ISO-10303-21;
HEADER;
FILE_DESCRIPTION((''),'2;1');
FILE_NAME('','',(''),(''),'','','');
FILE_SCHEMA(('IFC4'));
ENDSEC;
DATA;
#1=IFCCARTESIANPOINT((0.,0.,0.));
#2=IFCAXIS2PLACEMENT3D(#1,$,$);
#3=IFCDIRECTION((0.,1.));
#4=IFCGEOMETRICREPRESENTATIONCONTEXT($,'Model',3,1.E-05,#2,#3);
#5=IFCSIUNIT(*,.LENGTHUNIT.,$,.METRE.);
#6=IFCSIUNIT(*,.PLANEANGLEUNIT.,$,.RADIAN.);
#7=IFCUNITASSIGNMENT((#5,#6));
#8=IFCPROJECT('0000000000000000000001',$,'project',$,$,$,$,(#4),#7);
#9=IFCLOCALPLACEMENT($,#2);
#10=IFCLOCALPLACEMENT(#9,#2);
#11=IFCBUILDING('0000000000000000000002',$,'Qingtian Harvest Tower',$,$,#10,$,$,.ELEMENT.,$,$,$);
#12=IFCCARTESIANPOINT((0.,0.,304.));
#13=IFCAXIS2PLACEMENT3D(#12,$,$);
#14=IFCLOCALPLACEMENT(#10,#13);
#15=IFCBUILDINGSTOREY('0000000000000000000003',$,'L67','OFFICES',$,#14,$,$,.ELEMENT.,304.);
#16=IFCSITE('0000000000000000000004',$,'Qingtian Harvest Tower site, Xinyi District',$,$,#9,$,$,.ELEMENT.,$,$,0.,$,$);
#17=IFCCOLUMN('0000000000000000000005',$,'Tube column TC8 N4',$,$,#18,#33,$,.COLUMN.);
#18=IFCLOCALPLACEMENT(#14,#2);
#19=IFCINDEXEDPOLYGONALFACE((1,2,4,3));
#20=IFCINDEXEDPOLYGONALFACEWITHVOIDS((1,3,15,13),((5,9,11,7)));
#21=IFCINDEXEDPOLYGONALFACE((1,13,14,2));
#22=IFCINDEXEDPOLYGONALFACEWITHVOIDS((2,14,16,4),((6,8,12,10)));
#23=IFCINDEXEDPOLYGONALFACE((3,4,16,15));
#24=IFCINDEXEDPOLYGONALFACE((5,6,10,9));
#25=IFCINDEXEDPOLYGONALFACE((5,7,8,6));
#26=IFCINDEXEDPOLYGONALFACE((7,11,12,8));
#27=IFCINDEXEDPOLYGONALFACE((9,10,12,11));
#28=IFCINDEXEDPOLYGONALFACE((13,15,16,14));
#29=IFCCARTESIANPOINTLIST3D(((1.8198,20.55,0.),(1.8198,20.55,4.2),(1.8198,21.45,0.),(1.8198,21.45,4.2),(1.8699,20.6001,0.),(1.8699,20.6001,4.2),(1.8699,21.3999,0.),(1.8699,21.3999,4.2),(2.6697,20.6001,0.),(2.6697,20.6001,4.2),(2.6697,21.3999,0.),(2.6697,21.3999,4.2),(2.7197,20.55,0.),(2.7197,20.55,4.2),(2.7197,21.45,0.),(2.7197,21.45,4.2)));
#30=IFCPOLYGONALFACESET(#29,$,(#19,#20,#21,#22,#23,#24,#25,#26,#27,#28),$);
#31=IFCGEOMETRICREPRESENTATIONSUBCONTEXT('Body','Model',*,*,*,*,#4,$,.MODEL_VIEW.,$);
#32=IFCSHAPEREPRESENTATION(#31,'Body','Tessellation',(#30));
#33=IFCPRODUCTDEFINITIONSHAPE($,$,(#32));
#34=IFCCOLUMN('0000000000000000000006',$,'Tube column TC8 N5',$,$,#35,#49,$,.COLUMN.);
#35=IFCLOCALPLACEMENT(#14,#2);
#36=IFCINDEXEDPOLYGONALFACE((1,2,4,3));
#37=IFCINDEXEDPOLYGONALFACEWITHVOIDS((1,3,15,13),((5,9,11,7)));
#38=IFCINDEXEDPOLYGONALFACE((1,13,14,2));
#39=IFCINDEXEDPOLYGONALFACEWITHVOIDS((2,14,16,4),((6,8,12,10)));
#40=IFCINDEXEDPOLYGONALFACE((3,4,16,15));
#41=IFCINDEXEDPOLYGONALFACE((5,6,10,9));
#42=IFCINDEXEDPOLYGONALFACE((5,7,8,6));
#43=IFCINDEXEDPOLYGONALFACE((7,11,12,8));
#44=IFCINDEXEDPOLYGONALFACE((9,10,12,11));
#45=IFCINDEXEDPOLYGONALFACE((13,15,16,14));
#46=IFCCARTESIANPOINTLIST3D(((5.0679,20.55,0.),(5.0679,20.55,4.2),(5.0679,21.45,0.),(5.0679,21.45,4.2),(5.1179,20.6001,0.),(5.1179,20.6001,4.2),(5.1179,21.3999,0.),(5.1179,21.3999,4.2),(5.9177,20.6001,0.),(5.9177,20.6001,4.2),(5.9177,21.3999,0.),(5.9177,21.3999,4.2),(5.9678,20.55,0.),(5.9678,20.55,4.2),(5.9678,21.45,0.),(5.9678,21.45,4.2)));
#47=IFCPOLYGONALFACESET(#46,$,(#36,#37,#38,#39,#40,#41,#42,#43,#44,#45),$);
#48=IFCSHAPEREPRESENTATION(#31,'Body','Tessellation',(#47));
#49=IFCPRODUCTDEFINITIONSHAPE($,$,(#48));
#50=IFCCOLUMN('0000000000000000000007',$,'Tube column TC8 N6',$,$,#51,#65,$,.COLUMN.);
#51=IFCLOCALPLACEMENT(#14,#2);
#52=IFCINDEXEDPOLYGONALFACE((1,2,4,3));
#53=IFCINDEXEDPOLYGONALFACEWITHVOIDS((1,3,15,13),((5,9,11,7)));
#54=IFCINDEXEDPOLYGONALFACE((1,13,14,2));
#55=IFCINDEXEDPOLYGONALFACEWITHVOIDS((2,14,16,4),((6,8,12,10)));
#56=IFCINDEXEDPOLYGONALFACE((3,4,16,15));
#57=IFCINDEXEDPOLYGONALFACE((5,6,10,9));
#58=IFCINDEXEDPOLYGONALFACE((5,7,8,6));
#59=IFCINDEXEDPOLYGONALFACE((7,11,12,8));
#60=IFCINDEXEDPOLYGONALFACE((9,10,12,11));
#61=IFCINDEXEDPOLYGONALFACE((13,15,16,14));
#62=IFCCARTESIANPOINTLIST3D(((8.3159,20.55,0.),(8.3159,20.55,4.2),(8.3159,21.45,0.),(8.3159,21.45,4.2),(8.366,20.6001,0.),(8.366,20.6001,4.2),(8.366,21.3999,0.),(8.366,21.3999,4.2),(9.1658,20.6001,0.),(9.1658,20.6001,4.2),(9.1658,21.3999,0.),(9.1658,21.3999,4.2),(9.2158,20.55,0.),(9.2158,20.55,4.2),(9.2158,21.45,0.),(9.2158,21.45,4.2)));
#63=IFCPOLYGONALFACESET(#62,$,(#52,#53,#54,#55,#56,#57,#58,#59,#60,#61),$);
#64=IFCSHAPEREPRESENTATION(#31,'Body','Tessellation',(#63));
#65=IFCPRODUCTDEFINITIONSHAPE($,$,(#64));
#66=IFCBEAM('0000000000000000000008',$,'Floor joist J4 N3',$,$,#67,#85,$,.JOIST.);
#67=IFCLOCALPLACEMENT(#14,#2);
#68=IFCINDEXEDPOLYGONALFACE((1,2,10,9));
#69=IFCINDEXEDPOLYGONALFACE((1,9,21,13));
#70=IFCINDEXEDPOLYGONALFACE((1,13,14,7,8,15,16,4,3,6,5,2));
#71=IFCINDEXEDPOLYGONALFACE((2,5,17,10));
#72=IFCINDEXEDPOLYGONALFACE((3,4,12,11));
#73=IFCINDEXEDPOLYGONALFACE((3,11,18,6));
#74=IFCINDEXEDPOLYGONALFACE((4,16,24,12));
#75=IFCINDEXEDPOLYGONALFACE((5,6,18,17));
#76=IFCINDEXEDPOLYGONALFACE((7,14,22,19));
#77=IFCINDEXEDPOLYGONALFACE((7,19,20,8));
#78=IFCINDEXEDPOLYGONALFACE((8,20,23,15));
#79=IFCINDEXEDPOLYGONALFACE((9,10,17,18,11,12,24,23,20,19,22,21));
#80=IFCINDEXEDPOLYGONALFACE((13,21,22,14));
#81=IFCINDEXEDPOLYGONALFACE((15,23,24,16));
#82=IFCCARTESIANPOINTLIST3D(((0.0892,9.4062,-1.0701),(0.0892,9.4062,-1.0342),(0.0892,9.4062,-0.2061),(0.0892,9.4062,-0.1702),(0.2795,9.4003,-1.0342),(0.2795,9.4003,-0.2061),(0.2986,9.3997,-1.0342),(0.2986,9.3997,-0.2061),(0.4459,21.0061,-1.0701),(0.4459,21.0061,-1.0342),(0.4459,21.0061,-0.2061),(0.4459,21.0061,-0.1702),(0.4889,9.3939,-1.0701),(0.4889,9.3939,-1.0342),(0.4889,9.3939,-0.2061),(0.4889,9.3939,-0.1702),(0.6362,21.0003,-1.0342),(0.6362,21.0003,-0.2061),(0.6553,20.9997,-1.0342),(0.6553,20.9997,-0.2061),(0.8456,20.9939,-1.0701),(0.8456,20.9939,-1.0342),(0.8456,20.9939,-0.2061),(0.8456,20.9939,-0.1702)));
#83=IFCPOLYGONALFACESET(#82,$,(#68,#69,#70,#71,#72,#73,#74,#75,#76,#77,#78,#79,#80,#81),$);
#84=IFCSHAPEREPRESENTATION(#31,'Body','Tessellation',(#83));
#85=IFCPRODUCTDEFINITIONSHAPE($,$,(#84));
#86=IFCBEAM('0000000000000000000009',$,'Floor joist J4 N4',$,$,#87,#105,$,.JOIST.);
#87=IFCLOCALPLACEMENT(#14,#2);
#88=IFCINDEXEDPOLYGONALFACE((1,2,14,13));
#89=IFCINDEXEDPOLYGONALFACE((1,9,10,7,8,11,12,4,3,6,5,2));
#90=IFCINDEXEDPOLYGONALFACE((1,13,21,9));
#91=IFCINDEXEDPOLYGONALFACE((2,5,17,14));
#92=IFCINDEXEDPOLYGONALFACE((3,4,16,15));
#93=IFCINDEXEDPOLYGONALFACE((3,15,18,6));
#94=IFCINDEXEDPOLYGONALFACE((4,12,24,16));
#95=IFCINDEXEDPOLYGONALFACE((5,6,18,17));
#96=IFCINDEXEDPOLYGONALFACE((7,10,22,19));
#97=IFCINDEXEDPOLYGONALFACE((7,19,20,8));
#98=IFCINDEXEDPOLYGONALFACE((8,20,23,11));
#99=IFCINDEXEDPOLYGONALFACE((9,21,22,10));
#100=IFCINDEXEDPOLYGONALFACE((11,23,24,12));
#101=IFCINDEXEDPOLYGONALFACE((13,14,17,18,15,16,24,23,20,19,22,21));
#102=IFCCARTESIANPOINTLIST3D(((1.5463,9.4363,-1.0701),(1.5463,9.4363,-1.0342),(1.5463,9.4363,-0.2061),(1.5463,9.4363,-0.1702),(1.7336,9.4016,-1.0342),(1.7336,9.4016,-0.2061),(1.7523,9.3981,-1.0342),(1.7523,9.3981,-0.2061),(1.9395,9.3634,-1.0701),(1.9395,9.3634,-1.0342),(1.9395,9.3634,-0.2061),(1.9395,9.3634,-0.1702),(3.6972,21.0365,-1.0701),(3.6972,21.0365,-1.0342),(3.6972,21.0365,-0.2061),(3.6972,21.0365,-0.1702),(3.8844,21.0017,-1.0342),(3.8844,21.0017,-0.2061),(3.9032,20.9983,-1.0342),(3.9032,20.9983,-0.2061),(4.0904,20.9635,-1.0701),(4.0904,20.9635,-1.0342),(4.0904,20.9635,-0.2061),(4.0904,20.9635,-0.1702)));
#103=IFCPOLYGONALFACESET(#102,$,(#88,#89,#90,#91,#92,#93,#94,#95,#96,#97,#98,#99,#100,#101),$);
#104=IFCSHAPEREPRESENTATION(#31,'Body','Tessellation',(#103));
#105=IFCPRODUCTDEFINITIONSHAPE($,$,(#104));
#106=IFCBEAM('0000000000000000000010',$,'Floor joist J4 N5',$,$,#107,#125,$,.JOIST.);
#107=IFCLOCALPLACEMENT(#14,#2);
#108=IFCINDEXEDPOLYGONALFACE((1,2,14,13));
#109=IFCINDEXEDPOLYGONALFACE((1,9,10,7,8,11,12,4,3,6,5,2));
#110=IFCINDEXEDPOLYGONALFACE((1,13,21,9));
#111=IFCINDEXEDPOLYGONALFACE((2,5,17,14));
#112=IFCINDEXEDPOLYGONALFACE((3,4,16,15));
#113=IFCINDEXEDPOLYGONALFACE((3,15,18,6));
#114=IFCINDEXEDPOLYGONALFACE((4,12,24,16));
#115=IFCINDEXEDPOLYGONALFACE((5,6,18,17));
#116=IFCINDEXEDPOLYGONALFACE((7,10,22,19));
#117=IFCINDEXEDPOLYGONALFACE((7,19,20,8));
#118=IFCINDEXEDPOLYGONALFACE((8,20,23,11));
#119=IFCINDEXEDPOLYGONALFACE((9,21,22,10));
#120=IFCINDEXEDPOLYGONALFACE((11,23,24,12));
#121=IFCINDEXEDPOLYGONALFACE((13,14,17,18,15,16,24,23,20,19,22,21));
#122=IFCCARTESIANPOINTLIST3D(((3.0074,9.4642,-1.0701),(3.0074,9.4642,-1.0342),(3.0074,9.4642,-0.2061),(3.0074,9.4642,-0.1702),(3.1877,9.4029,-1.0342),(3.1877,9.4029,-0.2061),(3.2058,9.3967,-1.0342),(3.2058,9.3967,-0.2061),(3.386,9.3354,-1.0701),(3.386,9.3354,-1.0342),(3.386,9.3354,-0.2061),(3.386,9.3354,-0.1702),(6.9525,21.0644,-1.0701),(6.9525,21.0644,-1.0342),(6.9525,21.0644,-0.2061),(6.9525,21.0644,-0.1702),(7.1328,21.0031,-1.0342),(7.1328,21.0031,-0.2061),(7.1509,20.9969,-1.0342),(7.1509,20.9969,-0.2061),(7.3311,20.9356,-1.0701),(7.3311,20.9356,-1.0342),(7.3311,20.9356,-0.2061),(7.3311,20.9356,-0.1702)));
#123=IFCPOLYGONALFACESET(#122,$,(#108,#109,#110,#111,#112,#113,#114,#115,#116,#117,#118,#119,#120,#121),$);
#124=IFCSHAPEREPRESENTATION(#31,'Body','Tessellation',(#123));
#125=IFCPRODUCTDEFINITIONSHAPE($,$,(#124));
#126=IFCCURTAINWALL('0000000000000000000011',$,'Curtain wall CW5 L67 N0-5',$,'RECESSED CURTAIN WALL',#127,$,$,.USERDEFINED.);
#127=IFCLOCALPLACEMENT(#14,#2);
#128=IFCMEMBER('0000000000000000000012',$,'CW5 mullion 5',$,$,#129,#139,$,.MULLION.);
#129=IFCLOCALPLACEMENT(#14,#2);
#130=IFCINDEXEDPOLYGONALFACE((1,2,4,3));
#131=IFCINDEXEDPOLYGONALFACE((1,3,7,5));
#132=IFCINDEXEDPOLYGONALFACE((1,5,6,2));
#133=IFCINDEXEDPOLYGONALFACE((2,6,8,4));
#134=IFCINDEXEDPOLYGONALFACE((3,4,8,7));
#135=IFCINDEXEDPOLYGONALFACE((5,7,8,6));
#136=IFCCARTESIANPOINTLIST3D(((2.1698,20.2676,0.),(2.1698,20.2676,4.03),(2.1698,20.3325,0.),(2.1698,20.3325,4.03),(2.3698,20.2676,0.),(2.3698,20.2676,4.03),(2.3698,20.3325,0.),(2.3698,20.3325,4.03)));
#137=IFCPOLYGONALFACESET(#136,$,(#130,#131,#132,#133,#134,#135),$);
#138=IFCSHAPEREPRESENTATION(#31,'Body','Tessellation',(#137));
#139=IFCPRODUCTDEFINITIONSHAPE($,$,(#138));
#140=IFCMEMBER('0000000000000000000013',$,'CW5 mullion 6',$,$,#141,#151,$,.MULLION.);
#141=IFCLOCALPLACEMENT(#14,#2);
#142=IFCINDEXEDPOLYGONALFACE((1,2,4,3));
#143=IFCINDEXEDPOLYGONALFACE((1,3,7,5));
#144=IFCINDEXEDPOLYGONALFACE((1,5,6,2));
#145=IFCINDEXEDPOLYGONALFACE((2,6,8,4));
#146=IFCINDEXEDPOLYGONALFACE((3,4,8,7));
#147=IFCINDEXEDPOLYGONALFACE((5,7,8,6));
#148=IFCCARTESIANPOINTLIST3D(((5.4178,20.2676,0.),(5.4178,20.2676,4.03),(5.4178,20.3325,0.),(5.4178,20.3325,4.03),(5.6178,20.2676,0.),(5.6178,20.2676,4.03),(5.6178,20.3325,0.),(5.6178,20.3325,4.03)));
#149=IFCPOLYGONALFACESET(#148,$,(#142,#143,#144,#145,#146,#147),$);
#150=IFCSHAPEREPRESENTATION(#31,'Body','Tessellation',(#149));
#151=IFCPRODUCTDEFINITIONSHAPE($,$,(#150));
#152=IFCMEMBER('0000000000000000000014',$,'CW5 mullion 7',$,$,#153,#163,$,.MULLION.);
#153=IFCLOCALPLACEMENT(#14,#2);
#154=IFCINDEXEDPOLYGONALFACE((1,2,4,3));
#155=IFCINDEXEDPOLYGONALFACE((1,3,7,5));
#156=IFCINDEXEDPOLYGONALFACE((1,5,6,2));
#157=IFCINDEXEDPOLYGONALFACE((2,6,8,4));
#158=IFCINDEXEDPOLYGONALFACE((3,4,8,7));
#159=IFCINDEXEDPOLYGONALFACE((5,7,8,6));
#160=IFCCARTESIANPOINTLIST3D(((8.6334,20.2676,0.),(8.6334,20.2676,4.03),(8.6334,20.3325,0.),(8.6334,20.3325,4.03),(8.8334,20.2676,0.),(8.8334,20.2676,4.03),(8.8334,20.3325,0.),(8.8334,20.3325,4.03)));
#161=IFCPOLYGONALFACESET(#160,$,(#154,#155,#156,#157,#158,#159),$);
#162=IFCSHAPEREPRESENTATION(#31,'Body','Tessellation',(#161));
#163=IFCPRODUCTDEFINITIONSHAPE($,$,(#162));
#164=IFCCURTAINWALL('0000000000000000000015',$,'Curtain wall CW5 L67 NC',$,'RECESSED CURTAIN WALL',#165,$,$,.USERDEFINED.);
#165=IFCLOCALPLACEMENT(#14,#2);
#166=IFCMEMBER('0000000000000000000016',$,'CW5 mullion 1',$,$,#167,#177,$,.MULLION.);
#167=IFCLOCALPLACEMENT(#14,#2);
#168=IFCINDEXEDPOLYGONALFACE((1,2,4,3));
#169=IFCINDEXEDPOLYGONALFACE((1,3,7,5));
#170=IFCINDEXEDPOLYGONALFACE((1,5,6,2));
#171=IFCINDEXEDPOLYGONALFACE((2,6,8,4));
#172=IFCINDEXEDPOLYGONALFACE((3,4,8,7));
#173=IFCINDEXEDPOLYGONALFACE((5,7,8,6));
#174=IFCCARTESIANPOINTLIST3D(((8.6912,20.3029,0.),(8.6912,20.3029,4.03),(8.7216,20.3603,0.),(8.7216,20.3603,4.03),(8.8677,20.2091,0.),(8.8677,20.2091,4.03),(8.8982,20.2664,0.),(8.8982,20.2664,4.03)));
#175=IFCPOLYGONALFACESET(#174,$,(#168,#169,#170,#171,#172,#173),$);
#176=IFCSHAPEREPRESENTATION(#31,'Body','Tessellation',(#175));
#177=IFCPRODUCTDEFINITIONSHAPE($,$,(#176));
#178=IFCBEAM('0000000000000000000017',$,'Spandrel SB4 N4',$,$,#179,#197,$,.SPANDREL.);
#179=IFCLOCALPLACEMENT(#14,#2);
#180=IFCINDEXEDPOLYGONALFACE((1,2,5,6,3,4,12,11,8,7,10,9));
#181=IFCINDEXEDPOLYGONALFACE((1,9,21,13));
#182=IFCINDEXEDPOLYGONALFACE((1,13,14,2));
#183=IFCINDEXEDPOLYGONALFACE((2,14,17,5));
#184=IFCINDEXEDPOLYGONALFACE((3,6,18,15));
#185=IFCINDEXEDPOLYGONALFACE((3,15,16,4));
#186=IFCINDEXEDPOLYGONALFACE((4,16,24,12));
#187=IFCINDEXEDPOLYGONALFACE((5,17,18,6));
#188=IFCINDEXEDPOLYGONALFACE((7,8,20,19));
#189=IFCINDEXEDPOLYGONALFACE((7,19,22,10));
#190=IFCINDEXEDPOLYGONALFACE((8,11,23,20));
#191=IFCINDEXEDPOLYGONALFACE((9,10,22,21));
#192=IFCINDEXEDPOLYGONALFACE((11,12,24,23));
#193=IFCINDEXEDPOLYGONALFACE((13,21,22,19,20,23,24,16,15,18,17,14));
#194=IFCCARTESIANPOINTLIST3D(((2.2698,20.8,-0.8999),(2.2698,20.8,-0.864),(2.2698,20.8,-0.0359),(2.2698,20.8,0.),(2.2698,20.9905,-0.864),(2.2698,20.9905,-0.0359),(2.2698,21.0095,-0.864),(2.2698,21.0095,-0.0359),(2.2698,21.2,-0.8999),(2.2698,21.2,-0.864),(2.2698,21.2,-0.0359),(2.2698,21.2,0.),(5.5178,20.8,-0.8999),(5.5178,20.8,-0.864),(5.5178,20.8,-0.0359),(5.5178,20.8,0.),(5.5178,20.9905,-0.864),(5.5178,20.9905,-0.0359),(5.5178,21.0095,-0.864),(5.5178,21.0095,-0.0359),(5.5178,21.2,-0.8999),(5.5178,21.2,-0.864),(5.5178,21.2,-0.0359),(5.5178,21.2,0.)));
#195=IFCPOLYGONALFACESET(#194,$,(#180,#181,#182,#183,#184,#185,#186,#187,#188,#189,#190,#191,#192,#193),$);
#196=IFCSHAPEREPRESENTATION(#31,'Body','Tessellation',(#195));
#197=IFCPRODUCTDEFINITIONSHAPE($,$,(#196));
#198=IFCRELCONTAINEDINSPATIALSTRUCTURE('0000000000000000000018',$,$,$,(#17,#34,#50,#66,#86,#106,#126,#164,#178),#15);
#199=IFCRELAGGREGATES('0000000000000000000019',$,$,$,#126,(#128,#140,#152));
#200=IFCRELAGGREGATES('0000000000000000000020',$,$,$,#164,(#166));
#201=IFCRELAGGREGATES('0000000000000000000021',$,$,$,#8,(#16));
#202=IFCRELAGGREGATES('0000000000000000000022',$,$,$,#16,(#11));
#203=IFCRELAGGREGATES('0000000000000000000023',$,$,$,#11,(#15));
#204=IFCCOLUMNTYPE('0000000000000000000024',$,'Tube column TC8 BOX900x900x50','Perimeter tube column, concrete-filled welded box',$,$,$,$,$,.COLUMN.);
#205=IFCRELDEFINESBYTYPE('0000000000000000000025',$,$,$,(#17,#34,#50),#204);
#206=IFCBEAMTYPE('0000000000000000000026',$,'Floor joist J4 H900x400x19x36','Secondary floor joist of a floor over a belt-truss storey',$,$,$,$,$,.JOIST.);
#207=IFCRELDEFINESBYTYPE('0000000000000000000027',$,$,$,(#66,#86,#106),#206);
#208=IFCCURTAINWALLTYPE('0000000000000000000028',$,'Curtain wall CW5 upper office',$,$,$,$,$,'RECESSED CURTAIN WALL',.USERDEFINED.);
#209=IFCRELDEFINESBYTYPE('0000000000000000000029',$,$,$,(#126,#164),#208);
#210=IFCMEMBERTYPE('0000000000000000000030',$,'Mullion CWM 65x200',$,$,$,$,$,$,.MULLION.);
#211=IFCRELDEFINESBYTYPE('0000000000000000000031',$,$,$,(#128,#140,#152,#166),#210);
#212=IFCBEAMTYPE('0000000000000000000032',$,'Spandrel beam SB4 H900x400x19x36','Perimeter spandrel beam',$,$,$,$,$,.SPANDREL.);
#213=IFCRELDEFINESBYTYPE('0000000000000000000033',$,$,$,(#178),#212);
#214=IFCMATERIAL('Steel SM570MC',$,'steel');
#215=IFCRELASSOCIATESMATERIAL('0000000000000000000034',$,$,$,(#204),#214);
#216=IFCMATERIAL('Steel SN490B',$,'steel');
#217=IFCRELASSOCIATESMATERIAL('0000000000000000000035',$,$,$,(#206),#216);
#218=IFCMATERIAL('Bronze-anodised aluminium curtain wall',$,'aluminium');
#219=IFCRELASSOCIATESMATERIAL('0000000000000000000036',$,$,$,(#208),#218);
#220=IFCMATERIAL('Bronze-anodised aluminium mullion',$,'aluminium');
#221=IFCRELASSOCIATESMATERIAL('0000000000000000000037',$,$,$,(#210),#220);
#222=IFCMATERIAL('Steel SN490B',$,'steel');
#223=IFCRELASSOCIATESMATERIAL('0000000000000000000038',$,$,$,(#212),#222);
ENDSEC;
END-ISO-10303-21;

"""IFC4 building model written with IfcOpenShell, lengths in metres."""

from ifc_helpers import new_model, si_unit, direction, frame, origin, origin_2d, place, context, subcontext, project, spatial, rectangle, hollow_rectangle, i_section, extrude, material, material_profile, profile_set, type_object, element, aggregate, save


model = new_model("IFC4")

# Units and contexts
model_context = context("Model", 3, precision=1e-05, world=origin(), true_north=direction((0.0, 1.0)))
body_context = subcontext(model_context, "Body", "Model", "MODEL_VIEW")
ifc_project = project(units=[si_unit("LENGTHUNIT", "METRE"), si_unit("PLANEANGLEUNIT", "RADIAN")], contexts=[model_context])

# Site, building, storey
site_placement = place(None, origin())
site = spatial("IfcSite", under=ifc_project, at=site_placement, Name="Qingtian Harvest Tower site, Xinyi District", CompositionType="ELEMENT", RefElevation=0.0)
building_placement = place(site_placement, origin())
building = spatial("IfcBuilding", under=site, at=building_placement, Name="Qingtian Harvest Tower", CompositionType="ELEMENT")
storey_placement = place(building_placement, frame((0.0, 0.0, 304.0)))
storey = spatial("IfcBuildingStorey", under=building, at=storey_placement, Name="L67", Description="OFFICES", CompositionType="ELEMENT", Elevation=304.0)

# Columns
ifc_material_1 = material(Name="Steel SM570MC", Category="steel")
ifc_material_profile_1 = material_profile(ifc_material_1, hollow_rectangle(XDim=0.8999, YDim=0.8999, WallThickness=0.05, at=origin_2d()), Name="BOX900x900x50")
ifc_profile_set_1 = profile_set([ifc_material_profile_1], Name="Steel SM570MC")
column_type = type_object("IfcColumnType", Name="Tube column TC8 BOX900x900x50", Description="Perimeter tube column, concrete-filled welded box", PredefinedType="COLUMN", material=ifc_profile_set_1)
for number, where, z_axis, x_axis, name in (
    (1, (2.2698, 21.0, 0.0), (0.0, 0.0, 1.0), (-1.0, 0.0, 0.0), "Tube column TC8 N4"),
    (2, (5.5178, 21.0, 0.0), (0.0, 0.0, 1.0), (-1.0, 0.0, 0.0), "Tube column TC8 N5"),
    (3, (8.7659, 21.0, 0.0), (0.0, 0.0, 1.0), (-1.0, 0.0, 0.0), "Tube column TC8 N6"),
):
    element("IfcColumn", number, at=place(storey_placement, frame(where, z_axis=z_axis, x_axis=x_axis)), inside=storey, type_object=column_type, Name=name, PredefinedType="COLUMN", context=body_context, shape_type="SweptSolid", body=[
        extrude(hollow_rectangle(XDim=0.8999, YDim=0.8999, WallThickness=0.05, at=origin_2d()), origin(), (0.0, 0.0, 1.0), 4.2),
    ])

# Beams
ifc_material_2 = material(Name="Steel SN490B", Category="steel")
ifc_material_profile_2 = material_profile(ifc_material_2, i_section(OverallWidth=0.3999, OverallDepth=0.8999, WebThickness=0.019, FlangeThickness=0.0359, at=origin_2d()), Name="H900x400x19x36")
ifc_profile_set_2 = profile_set([ifc_material_profile_2], Name="Steel SN490B")
beam_type_1 = type_object("IfcBeamType", Name="Floor joist J4 H900x400x19x36", Description="Secondary floor joist of a floor over a belt-truss storey", PredefinedType="JOIST", material=ifc_profile_set_2)
beam_1_placement = place(storey_placement, frame((0.6458, 21.0, -0.6201), z_axis=(-0.030734, -0.999528, 0.0), x_axis=(0.999528, -0.030734, 0.0)))
element("IfcBeam", 4, at=beam_1_placement, inside=storey, type_object=beam_type_1, Name="Floor joist J4 N3", PredefinedType="JOIST", context=body_context, shape_type="SweptSolid", body=[
    extrude(i_section(OverallWidth=0.3999, OverallDepth=0.8999, WebThickness=0.019, FlangeThickness=0.0359, at=origin_2d()), origin(), (0.0, 0.0, 1.0), 11.6055),
])
beam_2_placement = place(storey_placement, frame((3.8938, 21.0, -0.6201), z_axis=(-0.182312, -0.983241, 0.0), x_axis=(0.983241, -0.182312, 0.0)))
element("IfcBeam", 5, at=beam_2_placement, inside=storey, type_object=beam_type_1, Name="Floor joist J4 N4", PredefinedType="JOIST", context=body_context, shape_type="SweptSolid", body=[
    extrude(i_section(OverallWidth=0.3999, OverallDepth=0.8999, WebThickness=0.019, FlangeThickness=0.0359, at=origin_2d()), origin(), (0.0, 0.0, 1.0), 11.7979),
])
beam_3_placement = place(storey_placement, frame((7.1418, 21.0, -0.6201), z_axis=(-0.321978, -0.946747, 0.0), x_axis=(0.946747, -0.321978, 0.0)))
element("IfcBeam", 6, at=beam_3_placement, inside=storey, type_object=beam_type_1, Name="Floor joist J4 N5", PredefinedType="JOIST", context=body_context, shape_type="SweptSolid", body=[
    extrude(i_section(OverallWidth=0.3999, OverallDepth=0.8999, WebThickness=0.019, FlangeThickness=0.0359, at=origin_2d()), origin(), (0.0, 0.0, 1.0), 12.2527),
])

# Curtain wall, members
ifc_material_3 = material(Name="Bronze-anodised aluminium curtain wall", Category="aluminium")
curtain_wall_type = type_object("IfcCurtainWallType", Name="Curtain wall CW5 upper office", ElementType="RECESSED CURTAIN WALL", PredefinedType="USERDEFINED", material=ifc_material_3)
curtain_wall_1_placement = place(storey_placement, origin())
curtain_wall_1 = element("IfcCurtainWall", 7, at=curtain_wall_1_placement, inside=storey, type_object=curtain_wall_type, Name="Curtain wall CW5 L67 N0-5", ObjectType="RECESSED CURTAIN WALL", PredefinedType="USERDEFINED")
ifc_material_4 = material(Name="Bronze-anodised aluminium mullion", Category="aluminium")
ifc_material_profile_3 = material_profile(ifc_material_4, rectangle(XDim=0.0649, YDim=0.2, at=origin_2d()), Name="AL 65x200")
ifc_profile_set_3 = profile_set([ifc_material_profile_3], Name="Bronze-anodised aluminium mullion")
member_type_1 = type_object("IfcMemberType", Name="Mullion CWM 65x200", PredefinedType="MULLION", material=ifc_profile_set_3)
member_1_placement = place(storey_placement, frame((2.2698, 20.3, 0.0), z_axis=(0.0, 0.0, 1.0), x_axis=(0.0, 1.0, 0.0)))
member_1 = element("IfcMember", 8, at=member_1_placement, type_object=member_type_1, Name="CW5 mullion 5", PredefinedType="MULLION", context=body_context, shape_type="SweptSolid", body=[
    extrude(rectangle(XDim=0.0649, YDim=0.2, at=origin_2d()), origin(), (0.0, 0.0, 1.0), 4.03),
])
member_2_placement = place(storey_placement, frame((5.5178, 20.3, 0.0), z_axis=(0.0, 0.0, 1.0), x_axis=(0.0, 1.0, 0.0)))
member_2 = element("IfcMember", 9, at=member_2_placement, type_object=member_type_1, Name="CW5 mullion 6", PredefinedType="MULLION", context=body_context, shape_type="SweptSolid", body=[
    extrude(rectangle(XDim=0.0649, YDim=0.2, at=origin_2d()), origin(), (0.0, 0.0, 1.0), 4.03),
])
member_3_placement = place(storey_placement, frame((8.7334, 20.3, 0.0), z_axis=(0.0, 0.0, 1.0), x_axis=(0.0, 1.0, 0.0)))
member_3 = element("IfcMember", 10, at=member_3_placement, type_object=member_type_1, Name="CW5 mullion 7", PredefinedType="MULLION", context=body_context, shape_type="SweptSolid", body=[
    extrude(rectangle(XDim=0.0649, YDim=0.2, at=origin_2d()), origin(), (0.0, 0.0, 1.0), 4.03),
])

# Curtain wall, member
curtain_wall_2_placement = place(storey_placement, origin())
curtain_wall_2 = element("IfcCurtainWall", 11, at=curtain_wall_2_placement, inside=storey, type_object=curtain_wall_type, Name="Curtain wall CW5 L67 NC", ObjectType="RECESSED CURTAIN WALL", PredefinedType="USERDEFINED")
member_4_placement = place(storey_placement, frame((8.7947, 20.2847, 0.0), z_axis=(0.0, 0.0, 1.0), x_axis=(0.469472, 0.882948, 0.0)))
member_4 = element("IfcMember", 12, at=member_4_placement, type_object=member_type_1, Name="CW5 mullion 1", PredefinedType="MULLION", context=body_context, shape_type="SweptSolid", body=[
    extrude(rectangle(XDim=0.0649, YDim=0.2, at=origin_2d()), origin(), (0.0, 0.0, 1.0), 4.03),
])

# Beam
ifc_material_5 = material(Name="Steel SN490B", Category="steel")
ifc_material_profile_4 = material_profile(ifc_material_5, i_section(OverallWidth=0.3999, OverallDepth=0.8999, WebThickness=0.019, FlangeThickness=0.0359, at=origin_2d()), Name="H900x400x19x36")
ifc_profile_set_4 = profile_set([ifc_material_profile_4], Name="Steel SN490B")
beam_type_2 = type_object("IfcBeamType", Name="Spandrel beam SB4 H900x400x19x36", Description="Perimeter spandrel beam", PredefinedType="SPANDREL", material=ifc_profile_set_4)
for number, where, z_axis, x_axis, name in (
    (13, (2.2698, 21.0, -0.45), (1.0, 0.0, 0.0), (0.0, 1.0, 0.0), "Spandrel SB4 N4"),
):
    element("IfcBeam", number, at=place(storey_placement, frame(where, z_axis=z_axis, x_axis=x_axis)), inside=storey, type_object=beam_type_2, Name=name, PredefinedType="SPANDREL", context=body_context, shape_type="SweptSolid", body=[
        extrude(i_section(OverallWidth=0.3999, OverallDepth=0.8999, WebThickness=0.019, FlangeThickness=0.0359, at=origin_2d()), origin(), (0.0, 0.0, 1.0), 3.248),
    ])

aggregate(curtain_wall_1, [member_1, member_2, member_3])
aggregate(curtain_wall_2, [member_4])

save(model, "model.ifc")
